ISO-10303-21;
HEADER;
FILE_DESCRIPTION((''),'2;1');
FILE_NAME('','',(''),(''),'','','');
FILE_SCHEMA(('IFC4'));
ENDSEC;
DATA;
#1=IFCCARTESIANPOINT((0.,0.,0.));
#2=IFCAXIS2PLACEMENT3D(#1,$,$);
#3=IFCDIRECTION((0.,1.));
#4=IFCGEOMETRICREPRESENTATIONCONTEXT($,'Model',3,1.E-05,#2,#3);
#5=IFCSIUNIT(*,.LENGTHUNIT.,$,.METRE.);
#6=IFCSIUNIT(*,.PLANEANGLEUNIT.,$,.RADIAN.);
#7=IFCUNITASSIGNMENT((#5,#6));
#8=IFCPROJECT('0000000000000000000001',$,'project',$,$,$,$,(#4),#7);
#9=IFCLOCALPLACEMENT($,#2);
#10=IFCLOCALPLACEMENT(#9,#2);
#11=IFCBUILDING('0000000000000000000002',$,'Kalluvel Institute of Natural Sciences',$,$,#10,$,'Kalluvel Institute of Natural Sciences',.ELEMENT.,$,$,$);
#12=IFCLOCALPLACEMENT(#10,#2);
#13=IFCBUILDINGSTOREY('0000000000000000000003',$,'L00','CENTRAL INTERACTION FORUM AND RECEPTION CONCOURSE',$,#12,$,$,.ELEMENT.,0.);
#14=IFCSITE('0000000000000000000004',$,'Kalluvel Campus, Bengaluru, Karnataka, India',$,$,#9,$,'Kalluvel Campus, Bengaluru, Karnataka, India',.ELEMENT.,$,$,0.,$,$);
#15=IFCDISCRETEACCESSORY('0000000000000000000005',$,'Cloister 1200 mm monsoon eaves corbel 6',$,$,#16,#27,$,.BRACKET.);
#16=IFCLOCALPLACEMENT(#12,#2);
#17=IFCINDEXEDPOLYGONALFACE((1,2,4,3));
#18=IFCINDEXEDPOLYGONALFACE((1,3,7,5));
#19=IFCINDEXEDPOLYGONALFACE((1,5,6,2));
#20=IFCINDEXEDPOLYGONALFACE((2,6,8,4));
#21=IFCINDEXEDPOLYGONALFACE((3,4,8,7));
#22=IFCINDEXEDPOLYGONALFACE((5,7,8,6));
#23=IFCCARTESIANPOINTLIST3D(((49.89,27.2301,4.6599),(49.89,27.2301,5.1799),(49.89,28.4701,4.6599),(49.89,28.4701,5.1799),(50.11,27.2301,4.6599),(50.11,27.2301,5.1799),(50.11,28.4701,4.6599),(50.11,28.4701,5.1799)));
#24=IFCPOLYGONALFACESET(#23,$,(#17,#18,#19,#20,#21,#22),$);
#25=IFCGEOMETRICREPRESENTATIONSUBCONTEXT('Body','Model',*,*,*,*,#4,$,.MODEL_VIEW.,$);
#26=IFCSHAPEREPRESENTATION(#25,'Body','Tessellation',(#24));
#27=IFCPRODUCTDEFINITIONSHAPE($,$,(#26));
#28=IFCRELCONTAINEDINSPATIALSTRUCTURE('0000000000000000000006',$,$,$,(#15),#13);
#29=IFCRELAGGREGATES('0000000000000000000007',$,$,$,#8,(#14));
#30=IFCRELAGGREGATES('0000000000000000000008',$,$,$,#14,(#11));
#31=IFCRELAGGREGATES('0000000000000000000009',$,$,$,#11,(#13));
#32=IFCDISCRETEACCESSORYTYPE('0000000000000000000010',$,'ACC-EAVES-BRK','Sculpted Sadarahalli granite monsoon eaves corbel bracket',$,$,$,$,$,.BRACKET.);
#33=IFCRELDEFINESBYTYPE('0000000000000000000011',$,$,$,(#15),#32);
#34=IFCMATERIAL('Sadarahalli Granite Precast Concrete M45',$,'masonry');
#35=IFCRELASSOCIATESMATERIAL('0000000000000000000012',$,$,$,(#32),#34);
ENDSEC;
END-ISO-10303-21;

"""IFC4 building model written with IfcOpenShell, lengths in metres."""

from ifc_helpers import new_model, si_unit, direction, frame, origin, origin_2d, place, context, subcontext, project, spatial, rectangle, extrude, material, type_object, element, save


model = new_model("IFC4")

# Units and contexts
model_context = context("Model", 3, precision=1e-05, world=origin(), true_north=direction((0.0, 1.0)))
body_context = subcontext(model_context, "Body", "Model", "MODEL_VIEW")
ifc_project = project(units=[si_unit("LENGTHUNIT", "METRE"), si_unit("PLANEANGLEUNIT", "RADIAN")], contexts=[model_context])

# Site, building, storey
site_placement = place(None, origin())
site = spatial("IfcSite", under=ifc_project, at=site_placement, Name="Kalluvel Campus, Bengaluru, Karnataka, India", LongName="Kalluvel Campus, Bengaluru, Karnataka, India", CompositionType="ELEMENT", RefElevation=0.0)
building_placement = place(site_placement, origin())
building = spatial("IfcBuilding", under=site, at=building_placement, Name="Kalluvel Institute of Natural Sciences", LongName="Kalluvel Institute of Natural Sciences", CompositionType="ELEMENT")
storey_placement = place(building_placement, origin())
storey = spatial("IfcBuildingStorey", under=building, at=storey_placement, Name="L00", Description="CENTRAL INTERACTION FORUM AND RECEPTION CONCOURSE", CompositionType="ELEMENT", Elevation=0.0)

# Shared definitions
ifc_material_1 = material(Name="Sadarahalli Granite Precast Concrete M45", Category="masonry")

# Discrete accessory
discrete_accessory_type = type_object("IfcDiscreteAccessoryType", Name="ACC-EAVES-BRK", Description="Sculpted Sadarahalli granite monsoon eaves corbel bracket", PredefinedType="BRACKET", material=ifc_material_1)
for number, where, z_axis, x_axis, name in (
    (1, (50.0, 27.8501, 4.6599), (0.0, 0.0, 1.0), (1.0, 0.0, 0.0), "Cloister 1200 mm monsoon eaves corbel 6"),
):
    element("IfcDiscreteAccessory", number, at=place(storey_placement, frame(where, z_axis=z_axis, x_axis=x_axis)), inside=storey, type_object=discrete_accessory_type, Name=name, PredefinedType="BRACKET", context=body_context, shape_type="SweptSolid", body=[
        extrude(rectangle(XDim=0.22, YDim=1.24, at=origin_2d()), origin(), (0.0, 0.0, 1.0), 0.52),
    ])

save(model, "model.ifc")
